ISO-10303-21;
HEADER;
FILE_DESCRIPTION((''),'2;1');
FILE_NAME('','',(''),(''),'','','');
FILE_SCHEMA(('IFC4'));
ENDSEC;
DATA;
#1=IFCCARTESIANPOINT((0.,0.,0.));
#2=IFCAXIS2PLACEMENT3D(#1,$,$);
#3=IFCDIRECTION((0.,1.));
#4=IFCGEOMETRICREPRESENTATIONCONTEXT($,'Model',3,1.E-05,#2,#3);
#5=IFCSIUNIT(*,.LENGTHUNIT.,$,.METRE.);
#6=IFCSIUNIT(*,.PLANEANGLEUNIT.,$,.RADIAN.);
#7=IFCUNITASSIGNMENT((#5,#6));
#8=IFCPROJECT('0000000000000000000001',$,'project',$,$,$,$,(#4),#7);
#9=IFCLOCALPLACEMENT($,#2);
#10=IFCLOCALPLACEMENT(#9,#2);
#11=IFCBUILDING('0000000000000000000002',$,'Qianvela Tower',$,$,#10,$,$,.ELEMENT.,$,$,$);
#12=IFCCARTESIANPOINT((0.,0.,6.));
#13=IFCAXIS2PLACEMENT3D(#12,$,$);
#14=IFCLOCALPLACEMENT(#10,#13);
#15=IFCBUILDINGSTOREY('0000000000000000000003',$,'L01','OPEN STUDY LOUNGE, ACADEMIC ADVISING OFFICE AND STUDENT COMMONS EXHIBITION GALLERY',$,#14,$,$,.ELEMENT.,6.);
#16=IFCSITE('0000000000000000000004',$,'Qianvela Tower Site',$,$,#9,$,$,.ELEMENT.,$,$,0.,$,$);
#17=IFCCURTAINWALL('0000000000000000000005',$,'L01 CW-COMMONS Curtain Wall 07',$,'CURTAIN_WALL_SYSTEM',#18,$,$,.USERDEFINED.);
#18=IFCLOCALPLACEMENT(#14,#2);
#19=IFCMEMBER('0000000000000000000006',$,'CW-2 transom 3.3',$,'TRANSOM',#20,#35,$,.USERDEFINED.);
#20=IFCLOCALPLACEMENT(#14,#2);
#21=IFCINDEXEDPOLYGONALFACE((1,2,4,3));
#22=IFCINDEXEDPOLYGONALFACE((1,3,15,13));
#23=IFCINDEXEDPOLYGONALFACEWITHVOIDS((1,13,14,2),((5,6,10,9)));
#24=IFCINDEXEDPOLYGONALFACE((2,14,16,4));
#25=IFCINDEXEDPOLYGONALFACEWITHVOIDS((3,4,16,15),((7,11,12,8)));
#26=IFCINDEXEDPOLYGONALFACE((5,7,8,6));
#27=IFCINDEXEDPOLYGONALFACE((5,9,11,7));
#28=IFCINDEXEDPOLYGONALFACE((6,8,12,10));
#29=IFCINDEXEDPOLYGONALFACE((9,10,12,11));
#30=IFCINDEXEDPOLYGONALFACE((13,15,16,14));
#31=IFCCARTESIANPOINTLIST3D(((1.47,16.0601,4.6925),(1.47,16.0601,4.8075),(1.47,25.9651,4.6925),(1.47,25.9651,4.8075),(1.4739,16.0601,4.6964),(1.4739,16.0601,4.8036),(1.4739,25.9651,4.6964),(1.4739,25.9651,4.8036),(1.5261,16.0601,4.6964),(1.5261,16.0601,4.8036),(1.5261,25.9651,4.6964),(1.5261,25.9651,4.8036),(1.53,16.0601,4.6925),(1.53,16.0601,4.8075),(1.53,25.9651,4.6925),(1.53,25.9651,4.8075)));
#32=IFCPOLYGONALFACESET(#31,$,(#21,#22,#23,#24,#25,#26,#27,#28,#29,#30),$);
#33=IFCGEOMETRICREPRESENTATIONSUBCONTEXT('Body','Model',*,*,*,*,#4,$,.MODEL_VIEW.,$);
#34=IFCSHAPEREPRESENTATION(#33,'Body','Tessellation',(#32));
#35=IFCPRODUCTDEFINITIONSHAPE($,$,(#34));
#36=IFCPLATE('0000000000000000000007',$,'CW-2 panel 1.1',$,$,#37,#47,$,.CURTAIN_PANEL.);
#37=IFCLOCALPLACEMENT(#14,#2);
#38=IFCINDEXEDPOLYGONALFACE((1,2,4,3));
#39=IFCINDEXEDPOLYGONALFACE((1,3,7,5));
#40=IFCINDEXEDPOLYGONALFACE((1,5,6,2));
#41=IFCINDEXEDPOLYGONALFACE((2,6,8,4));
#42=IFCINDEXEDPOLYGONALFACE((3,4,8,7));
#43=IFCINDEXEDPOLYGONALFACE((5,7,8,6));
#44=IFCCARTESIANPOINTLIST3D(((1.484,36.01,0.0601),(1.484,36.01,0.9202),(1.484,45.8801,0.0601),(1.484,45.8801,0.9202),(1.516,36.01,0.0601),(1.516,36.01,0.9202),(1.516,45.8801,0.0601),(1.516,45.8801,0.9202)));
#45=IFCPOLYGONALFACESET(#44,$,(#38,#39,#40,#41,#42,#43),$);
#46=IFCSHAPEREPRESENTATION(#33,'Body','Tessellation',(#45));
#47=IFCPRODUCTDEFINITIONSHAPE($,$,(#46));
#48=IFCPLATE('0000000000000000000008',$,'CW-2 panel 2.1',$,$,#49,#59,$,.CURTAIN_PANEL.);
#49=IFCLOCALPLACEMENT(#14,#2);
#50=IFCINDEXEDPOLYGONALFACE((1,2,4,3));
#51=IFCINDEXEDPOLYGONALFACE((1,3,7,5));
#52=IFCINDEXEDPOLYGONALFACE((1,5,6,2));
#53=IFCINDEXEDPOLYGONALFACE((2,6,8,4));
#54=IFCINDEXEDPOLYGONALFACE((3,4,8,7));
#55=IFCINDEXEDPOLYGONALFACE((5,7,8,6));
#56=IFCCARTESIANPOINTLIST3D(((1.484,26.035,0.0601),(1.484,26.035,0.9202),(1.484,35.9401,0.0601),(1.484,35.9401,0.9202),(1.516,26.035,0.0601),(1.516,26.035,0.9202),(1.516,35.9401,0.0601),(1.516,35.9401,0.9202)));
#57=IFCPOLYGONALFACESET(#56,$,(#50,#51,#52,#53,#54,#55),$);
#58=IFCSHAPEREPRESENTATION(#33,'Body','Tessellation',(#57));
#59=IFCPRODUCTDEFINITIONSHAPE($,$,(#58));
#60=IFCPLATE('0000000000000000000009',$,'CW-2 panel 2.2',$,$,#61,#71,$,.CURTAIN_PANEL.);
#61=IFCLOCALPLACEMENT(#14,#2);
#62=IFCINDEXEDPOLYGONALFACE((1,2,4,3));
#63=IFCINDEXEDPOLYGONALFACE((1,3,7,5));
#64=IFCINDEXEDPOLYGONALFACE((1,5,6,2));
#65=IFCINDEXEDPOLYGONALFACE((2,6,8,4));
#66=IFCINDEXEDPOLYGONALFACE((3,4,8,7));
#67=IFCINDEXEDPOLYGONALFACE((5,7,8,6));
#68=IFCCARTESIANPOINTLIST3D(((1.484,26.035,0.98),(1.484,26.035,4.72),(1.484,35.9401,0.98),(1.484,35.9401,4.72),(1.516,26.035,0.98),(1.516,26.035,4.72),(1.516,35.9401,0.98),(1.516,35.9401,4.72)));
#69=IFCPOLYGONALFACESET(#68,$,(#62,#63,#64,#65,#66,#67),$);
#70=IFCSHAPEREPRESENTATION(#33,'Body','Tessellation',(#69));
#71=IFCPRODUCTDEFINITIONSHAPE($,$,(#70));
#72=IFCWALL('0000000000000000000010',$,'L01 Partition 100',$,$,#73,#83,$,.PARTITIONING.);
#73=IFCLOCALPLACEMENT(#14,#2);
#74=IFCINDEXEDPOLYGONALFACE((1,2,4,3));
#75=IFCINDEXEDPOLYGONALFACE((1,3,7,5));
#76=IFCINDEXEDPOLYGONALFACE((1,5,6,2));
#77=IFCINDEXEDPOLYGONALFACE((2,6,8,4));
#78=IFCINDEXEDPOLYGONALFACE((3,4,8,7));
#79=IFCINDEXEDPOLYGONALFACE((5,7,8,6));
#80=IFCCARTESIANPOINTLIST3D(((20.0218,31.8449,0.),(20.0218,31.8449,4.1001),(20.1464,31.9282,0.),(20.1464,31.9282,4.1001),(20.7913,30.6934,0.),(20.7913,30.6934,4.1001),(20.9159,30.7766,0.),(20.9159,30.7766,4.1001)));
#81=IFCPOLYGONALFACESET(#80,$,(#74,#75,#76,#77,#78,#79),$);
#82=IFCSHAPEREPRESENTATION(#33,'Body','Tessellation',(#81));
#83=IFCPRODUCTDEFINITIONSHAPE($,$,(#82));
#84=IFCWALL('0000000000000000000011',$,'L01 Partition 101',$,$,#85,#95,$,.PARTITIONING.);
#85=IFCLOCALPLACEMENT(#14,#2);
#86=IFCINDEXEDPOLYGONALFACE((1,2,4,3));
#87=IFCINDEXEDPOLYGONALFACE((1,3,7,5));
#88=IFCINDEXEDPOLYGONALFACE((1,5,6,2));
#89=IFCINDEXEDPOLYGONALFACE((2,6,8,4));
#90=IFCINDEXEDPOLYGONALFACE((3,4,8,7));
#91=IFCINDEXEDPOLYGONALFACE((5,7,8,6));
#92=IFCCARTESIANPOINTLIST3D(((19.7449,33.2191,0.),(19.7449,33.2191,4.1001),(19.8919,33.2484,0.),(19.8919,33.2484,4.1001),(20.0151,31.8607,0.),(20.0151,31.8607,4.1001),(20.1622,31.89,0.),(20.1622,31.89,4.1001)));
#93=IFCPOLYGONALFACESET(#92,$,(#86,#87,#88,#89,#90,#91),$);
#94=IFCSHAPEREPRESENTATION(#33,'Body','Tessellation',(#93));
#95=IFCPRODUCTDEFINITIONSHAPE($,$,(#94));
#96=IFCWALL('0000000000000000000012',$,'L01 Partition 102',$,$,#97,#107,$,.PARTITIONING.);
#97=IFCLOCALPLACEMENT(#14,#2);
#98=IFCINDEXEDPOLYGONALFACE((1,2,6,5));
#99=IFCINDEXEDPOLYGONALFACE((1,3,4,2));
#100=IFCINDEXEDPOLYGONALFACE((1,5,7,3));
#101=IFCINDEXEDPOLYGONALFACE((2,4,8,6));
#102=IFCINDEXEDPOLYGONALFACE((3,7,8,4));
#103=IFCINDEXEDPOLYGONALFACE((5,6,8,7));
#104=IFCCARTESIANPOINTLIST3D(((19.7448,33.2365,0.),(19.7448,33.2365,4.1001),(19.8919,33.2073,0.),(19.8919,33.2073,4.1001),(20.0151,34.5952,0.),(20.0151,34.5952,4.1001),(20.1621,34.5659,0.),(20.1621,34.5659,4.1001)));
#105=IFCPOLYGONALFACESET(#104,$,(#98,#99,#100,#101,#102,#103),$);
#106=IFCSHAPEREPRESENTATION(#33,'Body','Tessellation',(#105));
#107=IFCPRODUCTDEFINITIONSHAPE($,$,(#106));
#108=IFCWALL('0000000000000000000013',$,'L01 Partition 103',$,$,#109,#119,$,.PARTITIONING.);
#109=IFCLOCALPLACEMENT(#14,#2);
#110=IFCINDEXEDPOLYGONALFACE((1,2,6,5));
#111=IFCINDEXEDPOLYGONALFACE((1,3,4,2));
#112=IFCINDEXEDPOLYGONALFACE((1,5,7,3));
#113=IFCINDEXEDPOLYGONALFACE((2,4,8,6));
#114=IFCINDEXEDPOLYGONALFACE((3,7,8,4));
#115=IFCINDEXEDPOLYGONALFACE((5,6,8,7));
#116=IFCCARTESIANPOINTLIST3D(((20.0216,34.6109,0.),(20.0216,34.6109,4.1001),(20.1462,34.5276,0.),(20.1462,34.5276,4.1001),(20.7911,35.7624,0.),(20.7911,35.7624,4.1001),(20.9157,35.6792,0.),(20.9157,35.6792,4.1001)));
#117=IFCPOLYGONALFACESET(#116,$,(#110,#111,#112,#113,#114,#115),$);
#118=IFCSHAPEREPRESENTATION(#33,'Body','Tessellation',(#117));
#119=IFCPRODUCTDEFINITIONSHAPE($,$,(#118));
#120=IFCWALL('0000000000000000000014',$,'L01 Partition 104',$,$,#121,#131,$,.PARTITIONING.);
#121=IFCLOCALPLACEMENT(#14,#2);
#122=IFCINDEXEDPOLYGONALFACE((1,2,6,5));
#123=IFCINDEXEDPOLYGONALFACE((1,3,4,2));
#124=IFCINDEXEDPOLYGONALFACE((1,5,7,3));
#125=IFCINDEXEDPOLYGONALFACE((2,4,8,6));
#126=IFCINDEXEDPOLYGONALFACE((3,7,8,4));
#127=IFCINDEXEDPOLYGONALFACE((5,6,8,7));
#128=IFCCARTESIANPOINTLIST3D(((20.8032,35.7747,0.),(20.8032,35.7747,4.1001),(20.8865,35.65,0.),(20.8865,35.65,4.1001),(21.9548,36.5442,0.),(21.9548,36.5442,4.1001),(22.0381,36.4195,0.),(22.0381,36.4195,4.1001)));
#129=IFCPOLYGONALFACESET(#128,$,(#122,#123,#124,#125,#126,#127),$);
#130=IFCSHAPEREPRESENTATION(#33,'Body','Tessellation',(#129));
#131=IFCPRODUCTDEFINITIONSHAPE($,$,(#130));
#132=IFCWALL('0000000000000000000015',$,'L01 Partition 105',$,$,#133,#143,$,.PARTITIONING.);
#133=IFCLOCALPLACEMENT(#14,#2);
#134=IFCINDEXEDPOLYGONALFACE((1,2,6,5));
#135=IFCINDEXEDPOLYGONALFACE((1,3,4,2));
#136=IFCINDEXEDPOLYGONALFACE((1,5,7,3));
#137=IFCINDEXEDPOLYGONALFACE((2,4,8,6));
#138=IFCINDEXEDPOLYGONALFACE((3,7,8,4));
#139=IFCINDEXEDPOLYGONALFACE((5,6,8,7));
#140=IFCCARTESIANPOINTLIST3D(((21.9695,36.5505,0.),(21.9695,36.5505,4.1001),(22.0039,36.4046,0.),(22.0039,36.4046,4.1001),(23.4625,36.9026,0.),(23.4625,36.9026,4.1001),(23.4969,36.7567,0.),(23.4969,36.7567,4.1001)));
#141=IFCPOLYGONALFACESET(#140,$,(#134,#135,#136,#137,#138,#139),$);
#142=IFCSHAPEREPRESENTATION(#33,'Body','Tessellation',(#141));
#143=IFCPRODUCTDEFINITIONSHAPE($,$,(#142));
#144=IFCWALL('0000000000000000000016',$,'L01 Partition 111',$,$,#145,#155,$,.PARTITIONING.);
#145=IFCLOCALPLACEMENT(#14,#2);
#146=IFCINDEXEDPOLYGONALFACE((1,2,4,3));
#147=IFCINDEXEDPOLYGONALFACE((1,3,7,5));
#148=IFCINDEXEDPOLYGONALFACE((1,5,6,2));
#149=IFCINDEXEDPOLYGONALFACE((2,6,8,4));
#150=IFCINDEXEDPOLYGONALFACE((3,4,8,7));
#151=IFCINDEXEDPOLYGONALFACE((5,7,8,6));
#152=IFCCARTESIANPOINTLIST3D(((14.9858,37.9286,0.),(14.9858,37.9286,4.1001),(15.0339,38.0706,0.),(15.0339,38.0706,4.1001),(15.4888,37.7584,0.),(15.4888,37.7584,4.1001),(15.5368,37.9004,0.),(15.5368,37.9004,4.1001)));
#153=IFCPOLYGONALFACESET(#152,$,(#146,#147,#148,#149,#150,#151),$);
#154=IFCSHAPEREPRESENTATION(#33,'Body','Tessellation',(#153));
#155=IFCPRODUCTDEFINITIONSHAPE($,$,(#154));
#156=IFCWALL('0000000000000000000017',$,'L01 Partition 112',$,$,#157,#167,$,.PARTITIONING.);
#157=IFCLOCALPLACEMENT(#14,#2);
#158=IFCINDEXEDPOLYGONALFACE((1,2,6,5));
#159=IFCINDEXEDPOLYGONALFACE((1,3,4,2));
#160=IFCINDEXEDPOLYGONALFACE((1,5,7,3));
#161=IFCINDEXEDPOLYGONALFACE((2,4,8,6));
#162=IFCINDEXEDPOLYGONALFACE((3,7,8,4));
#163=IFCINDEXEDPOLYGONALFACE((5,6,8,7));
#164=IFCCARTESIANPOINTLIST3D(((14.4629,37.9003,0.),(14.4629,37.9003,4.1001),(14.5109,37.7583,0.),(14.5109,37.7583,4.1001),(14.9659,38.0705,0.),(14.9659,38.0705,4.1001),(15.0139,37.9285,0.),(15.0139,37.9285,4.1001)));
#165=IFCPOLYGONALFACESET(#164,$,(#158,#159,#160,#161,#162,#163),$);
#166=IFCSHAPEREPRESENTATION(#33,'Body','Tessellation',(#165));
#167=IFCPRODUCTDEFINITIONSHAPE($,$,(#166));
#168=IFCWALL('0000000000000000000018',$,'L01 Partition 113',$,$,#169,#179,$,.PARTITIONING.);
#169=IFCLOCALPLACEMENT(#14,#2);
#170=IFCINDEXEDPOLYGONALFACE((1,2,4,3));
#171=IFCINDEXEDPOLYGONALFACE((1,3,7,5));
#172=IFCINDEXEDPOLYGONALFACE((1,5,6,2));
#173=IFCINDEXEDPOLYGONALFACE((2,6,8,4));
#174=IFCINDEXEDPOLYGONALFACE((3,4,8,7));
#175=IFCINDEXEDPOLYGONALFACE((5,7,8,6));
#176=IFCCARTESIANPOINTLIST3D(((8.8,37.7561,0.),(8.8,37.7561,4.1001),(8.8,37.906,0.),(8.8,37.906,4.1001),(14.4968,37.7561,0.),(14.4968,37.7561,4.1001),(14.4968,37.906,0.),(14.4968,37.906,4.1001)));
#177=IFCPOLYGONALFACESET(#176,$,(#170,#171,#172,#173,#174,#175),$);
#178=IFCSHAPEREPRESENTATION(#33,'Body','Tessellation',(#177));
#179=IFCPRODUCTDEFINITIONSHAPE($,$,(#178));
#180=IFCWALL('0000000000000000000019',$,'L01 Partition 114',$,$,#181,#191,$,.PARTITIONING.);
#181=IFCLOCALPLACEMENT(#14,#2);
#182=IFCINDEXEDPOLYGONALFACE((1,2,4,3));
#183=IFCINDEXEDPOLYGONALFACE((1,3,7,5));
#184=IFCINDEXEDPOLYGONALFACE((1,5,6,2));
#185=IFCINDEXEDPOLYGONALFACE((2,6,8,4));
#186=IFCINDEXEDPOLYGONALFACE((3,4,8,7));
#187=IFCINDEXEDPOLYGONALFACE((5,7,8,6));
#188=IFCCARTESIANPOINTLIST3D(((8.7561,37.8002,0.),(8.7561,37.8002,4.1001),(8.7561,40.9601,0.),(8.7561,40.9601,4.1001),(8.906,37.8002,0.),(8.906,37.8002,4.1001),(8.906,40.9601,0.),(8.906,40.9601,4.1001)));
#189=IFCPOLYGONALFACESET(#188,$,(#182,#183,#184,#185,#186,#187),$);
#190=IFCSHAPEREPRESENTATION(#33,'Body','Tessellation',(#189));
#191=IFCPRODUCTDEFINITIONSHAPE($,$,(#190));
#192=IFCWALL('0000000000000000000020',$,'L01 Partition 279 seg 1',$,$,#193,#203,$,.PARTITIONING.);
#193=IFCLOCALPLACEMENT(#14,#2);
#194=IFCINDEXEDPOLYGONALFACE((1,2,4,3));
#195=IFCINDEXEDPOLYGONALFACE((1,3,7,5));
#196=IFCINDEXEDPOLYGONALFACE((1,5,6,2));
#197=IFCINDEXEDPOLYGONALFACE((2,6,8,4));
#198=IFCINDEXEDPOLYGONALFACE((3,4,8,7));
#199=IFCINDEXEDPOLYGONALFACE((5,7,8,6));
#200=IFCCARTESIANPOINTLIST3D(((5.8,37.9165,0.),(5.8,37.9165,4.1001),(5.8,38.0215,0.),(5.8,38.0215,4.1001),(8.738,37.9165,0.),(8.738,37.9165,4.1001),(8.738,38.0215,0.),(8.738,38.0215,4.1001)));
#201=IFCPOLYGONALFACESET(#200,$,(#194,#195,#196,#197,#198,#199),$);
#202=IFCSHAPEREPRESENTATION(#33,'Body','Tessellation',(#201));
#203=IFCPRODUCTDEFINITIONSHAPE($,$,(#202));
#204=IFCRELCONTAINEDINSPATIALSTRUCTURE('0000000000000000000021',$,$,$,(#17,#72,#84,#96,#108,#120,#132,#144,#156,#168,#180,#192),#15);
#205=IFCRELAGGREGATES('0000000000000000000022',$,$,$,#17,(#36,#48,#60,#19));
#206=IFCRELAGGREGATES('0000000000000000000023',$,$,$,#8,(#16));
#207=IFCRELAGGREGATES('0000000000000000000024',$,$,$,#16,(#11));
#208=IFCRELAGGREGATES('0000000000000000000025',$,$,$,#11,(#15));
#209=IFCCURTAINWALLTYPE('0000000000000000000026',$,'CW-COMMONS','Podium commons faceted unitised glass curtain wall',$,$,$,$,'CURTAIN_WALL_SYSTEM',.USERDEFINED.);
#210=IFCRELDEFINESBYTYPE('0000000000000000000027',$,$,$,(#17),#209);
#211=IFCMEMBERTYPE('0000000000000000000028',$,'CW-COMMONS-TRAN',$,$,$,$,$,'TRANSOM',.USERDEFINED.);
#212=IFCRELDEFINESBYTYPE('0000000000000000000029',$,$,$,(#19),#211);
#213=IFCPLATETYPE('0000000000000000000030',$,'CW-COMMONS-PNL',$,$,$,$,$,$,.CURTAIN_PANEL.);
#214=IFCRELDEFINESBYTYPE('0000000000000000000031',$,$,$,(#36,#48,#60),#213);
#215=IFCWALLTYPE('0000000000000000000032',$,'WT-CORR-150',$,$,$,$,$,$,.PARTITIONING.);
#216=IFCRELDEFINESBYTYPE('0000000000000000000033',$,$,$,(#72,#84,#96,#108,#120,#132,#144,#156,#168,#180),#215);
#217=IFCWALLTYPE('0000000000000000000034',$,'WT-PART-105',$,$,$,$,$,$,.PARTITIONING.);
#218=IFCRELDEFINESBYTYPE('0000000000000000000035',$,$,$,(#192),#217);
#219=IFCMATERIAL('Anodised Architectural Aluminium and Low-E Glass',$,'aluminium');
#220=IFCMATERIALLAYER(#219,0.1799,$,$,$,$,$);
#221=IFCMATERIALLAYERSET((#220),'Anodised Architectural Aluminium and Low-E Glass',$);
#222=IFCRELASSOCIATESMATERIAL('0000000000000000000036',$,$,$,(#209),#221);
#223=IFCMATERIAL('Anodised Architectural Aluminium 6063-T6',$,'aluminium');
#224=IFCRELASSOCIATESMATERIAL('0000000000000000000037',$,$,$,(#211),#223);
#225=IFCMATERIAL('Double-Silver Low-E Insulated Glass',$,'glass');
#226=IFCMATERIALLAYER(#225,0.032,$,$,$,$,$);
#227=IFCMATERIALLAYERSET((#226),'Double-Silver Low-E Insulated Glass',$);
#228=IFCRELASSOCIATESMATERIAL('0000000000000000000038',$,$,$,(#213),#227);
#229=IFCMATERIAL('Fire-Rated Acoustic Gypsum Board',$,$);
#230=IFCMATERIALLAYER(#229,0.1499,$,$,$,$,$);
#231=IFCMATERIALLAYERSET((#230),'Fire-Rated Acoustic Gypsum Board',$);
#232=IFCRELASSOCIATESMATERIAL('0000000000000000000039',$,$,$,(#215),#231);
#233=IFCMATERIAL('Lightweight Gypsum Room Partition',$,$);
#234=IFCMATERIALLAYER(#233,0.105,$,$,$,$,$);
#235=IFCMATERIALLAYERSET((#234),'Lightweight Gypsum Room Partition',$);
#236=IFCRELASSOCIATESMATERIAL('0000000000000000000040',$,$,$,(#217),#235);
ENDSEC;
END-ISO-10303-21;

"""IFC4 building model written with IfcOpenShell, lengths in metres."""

from ifc_helpers import new_model, si_unit, direction, frame, frame_2d, origin, origin_2d, place, context, subcontext, project, spatial, rectangle, hollow_rectangle, extrude, material, layer, layer_set, material_profile, profile_set, type_object, element, aggregate, save


model = new_model("IFC4")

# Units and contexts
model_context = context("Model", 3, precision=1e-05, world=origin(), true_north=direction((0.0, 1.0)))
body_context = subcontext(model_context, "Body", "Model", "MODEL_VIEW")
ifc_project = project(units=[si_unit("LENGTHUNIT", "METRE"), si_unit("PLANEANGLEUNIT", "RADIAN")], contexts=[model_context])

# Site, building, storey
site_placement = place(None, origin())
site = spatial("IfcSite", under=ifc_project, at=site_placement, Name="Qianvela Tower Site", CompositionType="ELEMENT", RefElevation=0.0)
building_placement = place(site_placement, origin())
building = spatial("IfcBuilding", under=site, at=building_placement, Name="Qianvela Tower", CompositionType="ELEMENT")
storey_placement = place(building_placement, frame((0.0, 0.0, 6.0)))
storey = spatial("IfcBuildingStorey", under=building, at=storey_placement, Name="L01", Description="OPEN STUDY LOUNGE, ACADEMIC ADVISING OFFICE AND STUDENT COMMONS EXHIBITION GALLERY", CompositionType="ELEMENT", Elevation=6.0)

# Curtain wall, member, plates
ifc_material_1 = material(Name="Anodised Architectural Aluminium and Low-E Glass", Category="aluminium")
ifc_layer_1 = layer(ifc_material_1, 0.1799)
ifc_layer_set_1 = layer_set([ifc_layer_1], Name="Anodised Architectural Aluminium and Low-E Glass")
curtain_wall_type = type_object("IfcCurtainWallType", Name="CW-COMMONS", Description="Podium commons faceted unitised glass curtain wall", ElementType="CURTAIN_WALL_SYSTEM", PredefinedType="USERDEFINED", material=ifc_layer_set_1)
curtain_wall_placement = place(storey_placement, origin())
curtain_wall = element("IfcCurtainWall", 1, at=curtain_wall_placement, inside=storey, type_object=curtain_wall_type, Name="L01 CW-COMMONS Curtain Wall 07", ObjectType="CURTAIN_WALL_SYSTEM", PredefinedType="USERDEFINED")
ifc_material_2 = material(Name="Anodised Architectural Aluminium 6063-T6", Category="aluminium")
ifc_material_profile_1 = material_profile(ifc_material_2, hollow_rectangle(XDim=0.0601, YDim=0.115, WallThickness=0.0039, at=origin_2d()), Name="ALU-TRAN-60x115")
ifc_profile_set_1 = profile_set([ifc_material_profile_1], Name="Anodised Architectural Aluminium 6063-T6")
member_type_1 = type_object("IfcMemberType", Name="CW-COMMONS-TRAN", ElementType="TRANSOM", PredefinedType="USERDEFINED", material=ifc_profile_set_1)
member_1_placement = place(storey_placement, frame((1.5, 25.9651, 4.75), z_axis=(0.0, -1.0, 0.0), x_axis=(1.0, 0.0, 0.0)))
member_1 = element("IfcMember", 2, at=member_1_placement, type_object=member_type_1, Name="CW-2 transom 3.3", ObjectType="TRANSOM", PredefinedType="USERDEFINED", context=body_context, shape_type="SweptSolid", body=[
    extrude(hollow_rectangle(XDim=0.0601, YDim=0.115, WallThickness=0.0039, at=origin_2d()), origin(), (0.0, 0.0, 1.0), 9.905),
])
ifc_material_3 = material(Name="Double-Silver Low-E Insulated Glass", Category="glass")
ifc_layer_2 = layer(ifc_material_3, 0.032)
ifc_layer_set_2 = layer_set([ifc_layer_2], Name="Double-Silver Low-E Insulated Glass")
plate_type = type_object("IfcPlateType", Name="CW-COMMONS-PNL", PredefinedType="CURTAIN_PANEL", material=ifc_layer_set_2)
plate_1_placement = place(storey_placement, frame((1.5, 40.9451, 0.0601), z_axis=(0.0, 0.0, 1.0), x_axis=(0.0, -1.0, 0.0)))
plate_1 = element("IfcPlate", 3, at=plate_1_placement, type_object=plate_type, Name="CW-2 panel 1.1", PredefinedType="CURTAIN_PANEL", context=body_context, shape_type="SweptSolid", body=[
    extrude(rectangle(XDim=9.8701, YDim=0.032, at=origin_2d()), origin(), (0.0, 0.0, 1.0), 0.8601),
])
plate_2_placement = place(storey_placement, frame((1.5, 30.9875, 0.0601), z_axis=(0.0, 0.0, 1.0), x_axis=(0.0, -1.0, 0.0)))
plate_2 = element("IfcPlate", 4, at=plate_2_placement, type_object=plate_type, Name="CW-2 panel 2.1", PredefinedType="CURTAIN_PANEL", context=body_context, shape_type="SweptSolid", body=[
    extrude(rectangle(XDim=9.905, YDim=0.032, at=origin_2d()), origin(), (0.0, 0.0, 1.0), 0.8601),
])
plate_3_placement = place(storey_placement, frame((1.5, 30.9875, 0.98), z_axis=(0.0, 0.0, 1.0), x_axis=(0.0, -1.0, 0.0)))
plate_3 = element("IfcPlate", 5, at=plate_3_placement, type_object=plate_type, Name="CW-2 panel 2.2", PredefinedType="CURTAIN_PANEL", context=body_context, shape_type="SweptSolid", body=[
    extrude(rectangle(XDim=9.905, YDim=0.032, at=origin_2d()), origin(), (0.0, 0.0, 1.0), 3.74),
])
aggregate(curtain_wall, [plate_1, plate_2, plate_3, member_1])

# Walls
ifc_material_4 = material(Name="Fire-Rated Acoustic Gypsum Board")
ifc_layer_3 = layer(ifc_material_4, 0.1499)
ifc_layer_set_3 = layer_set([ifc_layer_3], Name="Fire-Rated Acoustic Gypsum Board")
wall_type_1 = type_object("IfcWallType", Name="WT-CORR-150", PredefinedType="PARTITIONING", material=ifc_layer_set_3)
for number, where, z_axis, x_axis, name in (
    (6, (20.8535, 30.7351, 0.0), (0.0, 0.0, 1.0), (-0.555595, 0.831453, 0.0), "L01 Partition 100"),
    (7, (20.0886, 31.8755, 0.0), (0.0, 0.0, 1.0), (-0.195133, 0.980777, 0.0), "L01 Partition 101"),
):
    element("IfcWall", number, at=place(storey_placement, frame(where, z_axis=z_axis, x_axis=x_axis)), inside=storey, type_object=wall_type_1, Name=name, PredefinedType="PARTITIONING", context=body_context, shape_type="SweptSolid", body=[
        extrude(rectangle(XDim=1.385, YDim=0.1499, at=frame_2d((0.6924, 0.0))), origin(), (0.0, 0.0, 1.0), 4.1001),
    ])
wall_1_placement = place(storey_placement, frame((19.8184, 33.2219, 0.0), z_axis=(0.0, 0.0, 1.0), x_axis=(0.195099, 0.980784, 0.0)))
element("IfcWall", 8, at=wall_1_placement, inside=storey, type_object=wall_type_1, Name="L01 Partition 102", PredefinedType="PARTITIONING", context=body_context, shape_type="SweptSolid", body=[
    extrude(rectangle(XDim=1.3853, YDim=0.1499, at=frame_2d((0.6926, 0.0))), origin(), (0.0, 0.0, 1.0), 4.1001),
])
for number, where, z_axis, x_axis, name in (
    (9, (20.084, 34.5693, 0.0), (0.0, 0.0, 1.0), (0.555595, 0.831453, 0.0), "L01 Partition 103"),
    (10, (20.845, 35.7124, 0.0), (0.0, 0.0, 1.0), (0.831453, 0.555595, 0.0), "L01 Partition 104"),
):
    element("IfcWall", number, at=place(storey_placement, frame(where, z_axis=z_axis, x_axis=x_axis)), inside=storey, type_object=wall_type_1, Name=name, PredefinedType="PARTITIONING", context=body_context, shape_type="SweptSolid", body=[
        extrude(rectangle(XDim=1.385, YDim=0.1499, at=frame_2d((0.6924, 0.0))), origin(), (0.0, 0.0, 1.0), 4.1001),
    ])
wall_2_placement = place(storey_placement, frame((21.9866, 36.4775, 0.0), z_axis=(0.0, 0.0, 1.0), x_axis=(0.973304, 0.229518, 0.0)))
element("IfcWall", 11, at=wall_2_placement, inside=storey, type_object=wall_type_1, Name="L01 Partition 105", PredefinedType="PARTITIONING", context=body_context, shape_type="SweptSolid", body=[
    extrude(rectangle(XDim=1.5339, YDim=0.1499, at=frame_2d((0.7671, 0.0))), origin(), (0.0, 0.0, 1.0), 4.1001),
])
for number, where, z_axis, x_axis, name in (
    (12, (15.5129, 37.8293, 0.0), (0.0, 0.0, 1.0), (-0.947248, 0.320501, 0.0), "L01 Partition 111"),
    (13, (14.99, 37.9995, 0.0), (0.0, 0.0, 1.0), (-0.947248, -0.320501, 0.0), "L01 Partition 112"),
):
    element("IfcWall", number, at=place(storey_placement, frame(where, z_axis=z_axis, x_axis=x_axis)), inside=storey, type_object=wall_type_1, Name=name, PredefinedType="PARTITIONING", context=body_context, shape_type="SweptSolid", body=[
        extrude(rectangle(XDim=0.531, YDim=0.1499, at=frame_2d((0.2656, 0.0))), origin(), (0.0, 0.0, 1.0), 4.1001),
    ])
wall_3_placement = place(storey_placement, frame((14.4968, 37.8311, 0.0), z_axis=(0.0, 0.0, 1.0), x_axis=(-1.0, 0.0, 0.0)))
element("IfcWall", 14, at=wall_3_placement, inside=storey, type_object=wall_type_1, Name="L01 Partition 113", PredefinedType="PARTITIONING", context=body_context, shape_type="SweptSolid", body=[
    extrude(rectangle(XDim=5.6968, YDim=0.1499, at=frame_2d((2.8484, 0.0))), origin(), (0.0, 0.0, 1.0), 4.1001),
])
wall_4_placement = place(storey_placement, frame((8.8311, 37.8, 0.0), z_axis=(0.0, 0.0, 1.0), x_axis=(0.0, 1.0, 0.0)))
element("IfcWall", 15, at=wall_4_placement, inside=storey, type_object=wall_type_1, Name="L01 Partition 114", PredefinedType="PARTITIONING", context=body_context, shape_type="SweptSolid", body=[
    extrude(rectangle(XDim=3.1599, YDim=0.1499, at=frame_2d((1.5801, 0.0))), origin(), (0.0, 0.0, 1.0), 4.1001),
])
ifc_material_5 = material(Name="Lightweight Gypsum Room Partition")
ifc_layer_4 = layer(ifc_material_5, 0.105)
ifc_layer_set_4 = layer_set([ifc_layer_4], Name="Lightweight Gypsum Room Partition")
wall_type_2 = type_object("IfcWallType", Name="WT-PART-105", PredefinedType="PARTITIONING", material=ifc_layer_set_4)
wall_5_placement = place(storey_placement, frame((5.8, 37.969, 0.0), z_axis=(0.0, 0.0, 1.0), x_axis=(1.0, 0.0, 0.0)))
element("IfcWall", 16, at=wall_5_placement, inside=storey, type_object=wall_type_2, Name="L01 Partition 279 seg 1", PredefinedType="PARTITIONING", context=body_context, shape_type="SweptSolid", body=[
    extrude(rectangle(XDim=2.938, YDim=0.105, at=frame_2d((1.469, 0.0))), origin(), (0.0, 0.0, 1.0), 4.1001),
])

save(model, "model.ifc")
